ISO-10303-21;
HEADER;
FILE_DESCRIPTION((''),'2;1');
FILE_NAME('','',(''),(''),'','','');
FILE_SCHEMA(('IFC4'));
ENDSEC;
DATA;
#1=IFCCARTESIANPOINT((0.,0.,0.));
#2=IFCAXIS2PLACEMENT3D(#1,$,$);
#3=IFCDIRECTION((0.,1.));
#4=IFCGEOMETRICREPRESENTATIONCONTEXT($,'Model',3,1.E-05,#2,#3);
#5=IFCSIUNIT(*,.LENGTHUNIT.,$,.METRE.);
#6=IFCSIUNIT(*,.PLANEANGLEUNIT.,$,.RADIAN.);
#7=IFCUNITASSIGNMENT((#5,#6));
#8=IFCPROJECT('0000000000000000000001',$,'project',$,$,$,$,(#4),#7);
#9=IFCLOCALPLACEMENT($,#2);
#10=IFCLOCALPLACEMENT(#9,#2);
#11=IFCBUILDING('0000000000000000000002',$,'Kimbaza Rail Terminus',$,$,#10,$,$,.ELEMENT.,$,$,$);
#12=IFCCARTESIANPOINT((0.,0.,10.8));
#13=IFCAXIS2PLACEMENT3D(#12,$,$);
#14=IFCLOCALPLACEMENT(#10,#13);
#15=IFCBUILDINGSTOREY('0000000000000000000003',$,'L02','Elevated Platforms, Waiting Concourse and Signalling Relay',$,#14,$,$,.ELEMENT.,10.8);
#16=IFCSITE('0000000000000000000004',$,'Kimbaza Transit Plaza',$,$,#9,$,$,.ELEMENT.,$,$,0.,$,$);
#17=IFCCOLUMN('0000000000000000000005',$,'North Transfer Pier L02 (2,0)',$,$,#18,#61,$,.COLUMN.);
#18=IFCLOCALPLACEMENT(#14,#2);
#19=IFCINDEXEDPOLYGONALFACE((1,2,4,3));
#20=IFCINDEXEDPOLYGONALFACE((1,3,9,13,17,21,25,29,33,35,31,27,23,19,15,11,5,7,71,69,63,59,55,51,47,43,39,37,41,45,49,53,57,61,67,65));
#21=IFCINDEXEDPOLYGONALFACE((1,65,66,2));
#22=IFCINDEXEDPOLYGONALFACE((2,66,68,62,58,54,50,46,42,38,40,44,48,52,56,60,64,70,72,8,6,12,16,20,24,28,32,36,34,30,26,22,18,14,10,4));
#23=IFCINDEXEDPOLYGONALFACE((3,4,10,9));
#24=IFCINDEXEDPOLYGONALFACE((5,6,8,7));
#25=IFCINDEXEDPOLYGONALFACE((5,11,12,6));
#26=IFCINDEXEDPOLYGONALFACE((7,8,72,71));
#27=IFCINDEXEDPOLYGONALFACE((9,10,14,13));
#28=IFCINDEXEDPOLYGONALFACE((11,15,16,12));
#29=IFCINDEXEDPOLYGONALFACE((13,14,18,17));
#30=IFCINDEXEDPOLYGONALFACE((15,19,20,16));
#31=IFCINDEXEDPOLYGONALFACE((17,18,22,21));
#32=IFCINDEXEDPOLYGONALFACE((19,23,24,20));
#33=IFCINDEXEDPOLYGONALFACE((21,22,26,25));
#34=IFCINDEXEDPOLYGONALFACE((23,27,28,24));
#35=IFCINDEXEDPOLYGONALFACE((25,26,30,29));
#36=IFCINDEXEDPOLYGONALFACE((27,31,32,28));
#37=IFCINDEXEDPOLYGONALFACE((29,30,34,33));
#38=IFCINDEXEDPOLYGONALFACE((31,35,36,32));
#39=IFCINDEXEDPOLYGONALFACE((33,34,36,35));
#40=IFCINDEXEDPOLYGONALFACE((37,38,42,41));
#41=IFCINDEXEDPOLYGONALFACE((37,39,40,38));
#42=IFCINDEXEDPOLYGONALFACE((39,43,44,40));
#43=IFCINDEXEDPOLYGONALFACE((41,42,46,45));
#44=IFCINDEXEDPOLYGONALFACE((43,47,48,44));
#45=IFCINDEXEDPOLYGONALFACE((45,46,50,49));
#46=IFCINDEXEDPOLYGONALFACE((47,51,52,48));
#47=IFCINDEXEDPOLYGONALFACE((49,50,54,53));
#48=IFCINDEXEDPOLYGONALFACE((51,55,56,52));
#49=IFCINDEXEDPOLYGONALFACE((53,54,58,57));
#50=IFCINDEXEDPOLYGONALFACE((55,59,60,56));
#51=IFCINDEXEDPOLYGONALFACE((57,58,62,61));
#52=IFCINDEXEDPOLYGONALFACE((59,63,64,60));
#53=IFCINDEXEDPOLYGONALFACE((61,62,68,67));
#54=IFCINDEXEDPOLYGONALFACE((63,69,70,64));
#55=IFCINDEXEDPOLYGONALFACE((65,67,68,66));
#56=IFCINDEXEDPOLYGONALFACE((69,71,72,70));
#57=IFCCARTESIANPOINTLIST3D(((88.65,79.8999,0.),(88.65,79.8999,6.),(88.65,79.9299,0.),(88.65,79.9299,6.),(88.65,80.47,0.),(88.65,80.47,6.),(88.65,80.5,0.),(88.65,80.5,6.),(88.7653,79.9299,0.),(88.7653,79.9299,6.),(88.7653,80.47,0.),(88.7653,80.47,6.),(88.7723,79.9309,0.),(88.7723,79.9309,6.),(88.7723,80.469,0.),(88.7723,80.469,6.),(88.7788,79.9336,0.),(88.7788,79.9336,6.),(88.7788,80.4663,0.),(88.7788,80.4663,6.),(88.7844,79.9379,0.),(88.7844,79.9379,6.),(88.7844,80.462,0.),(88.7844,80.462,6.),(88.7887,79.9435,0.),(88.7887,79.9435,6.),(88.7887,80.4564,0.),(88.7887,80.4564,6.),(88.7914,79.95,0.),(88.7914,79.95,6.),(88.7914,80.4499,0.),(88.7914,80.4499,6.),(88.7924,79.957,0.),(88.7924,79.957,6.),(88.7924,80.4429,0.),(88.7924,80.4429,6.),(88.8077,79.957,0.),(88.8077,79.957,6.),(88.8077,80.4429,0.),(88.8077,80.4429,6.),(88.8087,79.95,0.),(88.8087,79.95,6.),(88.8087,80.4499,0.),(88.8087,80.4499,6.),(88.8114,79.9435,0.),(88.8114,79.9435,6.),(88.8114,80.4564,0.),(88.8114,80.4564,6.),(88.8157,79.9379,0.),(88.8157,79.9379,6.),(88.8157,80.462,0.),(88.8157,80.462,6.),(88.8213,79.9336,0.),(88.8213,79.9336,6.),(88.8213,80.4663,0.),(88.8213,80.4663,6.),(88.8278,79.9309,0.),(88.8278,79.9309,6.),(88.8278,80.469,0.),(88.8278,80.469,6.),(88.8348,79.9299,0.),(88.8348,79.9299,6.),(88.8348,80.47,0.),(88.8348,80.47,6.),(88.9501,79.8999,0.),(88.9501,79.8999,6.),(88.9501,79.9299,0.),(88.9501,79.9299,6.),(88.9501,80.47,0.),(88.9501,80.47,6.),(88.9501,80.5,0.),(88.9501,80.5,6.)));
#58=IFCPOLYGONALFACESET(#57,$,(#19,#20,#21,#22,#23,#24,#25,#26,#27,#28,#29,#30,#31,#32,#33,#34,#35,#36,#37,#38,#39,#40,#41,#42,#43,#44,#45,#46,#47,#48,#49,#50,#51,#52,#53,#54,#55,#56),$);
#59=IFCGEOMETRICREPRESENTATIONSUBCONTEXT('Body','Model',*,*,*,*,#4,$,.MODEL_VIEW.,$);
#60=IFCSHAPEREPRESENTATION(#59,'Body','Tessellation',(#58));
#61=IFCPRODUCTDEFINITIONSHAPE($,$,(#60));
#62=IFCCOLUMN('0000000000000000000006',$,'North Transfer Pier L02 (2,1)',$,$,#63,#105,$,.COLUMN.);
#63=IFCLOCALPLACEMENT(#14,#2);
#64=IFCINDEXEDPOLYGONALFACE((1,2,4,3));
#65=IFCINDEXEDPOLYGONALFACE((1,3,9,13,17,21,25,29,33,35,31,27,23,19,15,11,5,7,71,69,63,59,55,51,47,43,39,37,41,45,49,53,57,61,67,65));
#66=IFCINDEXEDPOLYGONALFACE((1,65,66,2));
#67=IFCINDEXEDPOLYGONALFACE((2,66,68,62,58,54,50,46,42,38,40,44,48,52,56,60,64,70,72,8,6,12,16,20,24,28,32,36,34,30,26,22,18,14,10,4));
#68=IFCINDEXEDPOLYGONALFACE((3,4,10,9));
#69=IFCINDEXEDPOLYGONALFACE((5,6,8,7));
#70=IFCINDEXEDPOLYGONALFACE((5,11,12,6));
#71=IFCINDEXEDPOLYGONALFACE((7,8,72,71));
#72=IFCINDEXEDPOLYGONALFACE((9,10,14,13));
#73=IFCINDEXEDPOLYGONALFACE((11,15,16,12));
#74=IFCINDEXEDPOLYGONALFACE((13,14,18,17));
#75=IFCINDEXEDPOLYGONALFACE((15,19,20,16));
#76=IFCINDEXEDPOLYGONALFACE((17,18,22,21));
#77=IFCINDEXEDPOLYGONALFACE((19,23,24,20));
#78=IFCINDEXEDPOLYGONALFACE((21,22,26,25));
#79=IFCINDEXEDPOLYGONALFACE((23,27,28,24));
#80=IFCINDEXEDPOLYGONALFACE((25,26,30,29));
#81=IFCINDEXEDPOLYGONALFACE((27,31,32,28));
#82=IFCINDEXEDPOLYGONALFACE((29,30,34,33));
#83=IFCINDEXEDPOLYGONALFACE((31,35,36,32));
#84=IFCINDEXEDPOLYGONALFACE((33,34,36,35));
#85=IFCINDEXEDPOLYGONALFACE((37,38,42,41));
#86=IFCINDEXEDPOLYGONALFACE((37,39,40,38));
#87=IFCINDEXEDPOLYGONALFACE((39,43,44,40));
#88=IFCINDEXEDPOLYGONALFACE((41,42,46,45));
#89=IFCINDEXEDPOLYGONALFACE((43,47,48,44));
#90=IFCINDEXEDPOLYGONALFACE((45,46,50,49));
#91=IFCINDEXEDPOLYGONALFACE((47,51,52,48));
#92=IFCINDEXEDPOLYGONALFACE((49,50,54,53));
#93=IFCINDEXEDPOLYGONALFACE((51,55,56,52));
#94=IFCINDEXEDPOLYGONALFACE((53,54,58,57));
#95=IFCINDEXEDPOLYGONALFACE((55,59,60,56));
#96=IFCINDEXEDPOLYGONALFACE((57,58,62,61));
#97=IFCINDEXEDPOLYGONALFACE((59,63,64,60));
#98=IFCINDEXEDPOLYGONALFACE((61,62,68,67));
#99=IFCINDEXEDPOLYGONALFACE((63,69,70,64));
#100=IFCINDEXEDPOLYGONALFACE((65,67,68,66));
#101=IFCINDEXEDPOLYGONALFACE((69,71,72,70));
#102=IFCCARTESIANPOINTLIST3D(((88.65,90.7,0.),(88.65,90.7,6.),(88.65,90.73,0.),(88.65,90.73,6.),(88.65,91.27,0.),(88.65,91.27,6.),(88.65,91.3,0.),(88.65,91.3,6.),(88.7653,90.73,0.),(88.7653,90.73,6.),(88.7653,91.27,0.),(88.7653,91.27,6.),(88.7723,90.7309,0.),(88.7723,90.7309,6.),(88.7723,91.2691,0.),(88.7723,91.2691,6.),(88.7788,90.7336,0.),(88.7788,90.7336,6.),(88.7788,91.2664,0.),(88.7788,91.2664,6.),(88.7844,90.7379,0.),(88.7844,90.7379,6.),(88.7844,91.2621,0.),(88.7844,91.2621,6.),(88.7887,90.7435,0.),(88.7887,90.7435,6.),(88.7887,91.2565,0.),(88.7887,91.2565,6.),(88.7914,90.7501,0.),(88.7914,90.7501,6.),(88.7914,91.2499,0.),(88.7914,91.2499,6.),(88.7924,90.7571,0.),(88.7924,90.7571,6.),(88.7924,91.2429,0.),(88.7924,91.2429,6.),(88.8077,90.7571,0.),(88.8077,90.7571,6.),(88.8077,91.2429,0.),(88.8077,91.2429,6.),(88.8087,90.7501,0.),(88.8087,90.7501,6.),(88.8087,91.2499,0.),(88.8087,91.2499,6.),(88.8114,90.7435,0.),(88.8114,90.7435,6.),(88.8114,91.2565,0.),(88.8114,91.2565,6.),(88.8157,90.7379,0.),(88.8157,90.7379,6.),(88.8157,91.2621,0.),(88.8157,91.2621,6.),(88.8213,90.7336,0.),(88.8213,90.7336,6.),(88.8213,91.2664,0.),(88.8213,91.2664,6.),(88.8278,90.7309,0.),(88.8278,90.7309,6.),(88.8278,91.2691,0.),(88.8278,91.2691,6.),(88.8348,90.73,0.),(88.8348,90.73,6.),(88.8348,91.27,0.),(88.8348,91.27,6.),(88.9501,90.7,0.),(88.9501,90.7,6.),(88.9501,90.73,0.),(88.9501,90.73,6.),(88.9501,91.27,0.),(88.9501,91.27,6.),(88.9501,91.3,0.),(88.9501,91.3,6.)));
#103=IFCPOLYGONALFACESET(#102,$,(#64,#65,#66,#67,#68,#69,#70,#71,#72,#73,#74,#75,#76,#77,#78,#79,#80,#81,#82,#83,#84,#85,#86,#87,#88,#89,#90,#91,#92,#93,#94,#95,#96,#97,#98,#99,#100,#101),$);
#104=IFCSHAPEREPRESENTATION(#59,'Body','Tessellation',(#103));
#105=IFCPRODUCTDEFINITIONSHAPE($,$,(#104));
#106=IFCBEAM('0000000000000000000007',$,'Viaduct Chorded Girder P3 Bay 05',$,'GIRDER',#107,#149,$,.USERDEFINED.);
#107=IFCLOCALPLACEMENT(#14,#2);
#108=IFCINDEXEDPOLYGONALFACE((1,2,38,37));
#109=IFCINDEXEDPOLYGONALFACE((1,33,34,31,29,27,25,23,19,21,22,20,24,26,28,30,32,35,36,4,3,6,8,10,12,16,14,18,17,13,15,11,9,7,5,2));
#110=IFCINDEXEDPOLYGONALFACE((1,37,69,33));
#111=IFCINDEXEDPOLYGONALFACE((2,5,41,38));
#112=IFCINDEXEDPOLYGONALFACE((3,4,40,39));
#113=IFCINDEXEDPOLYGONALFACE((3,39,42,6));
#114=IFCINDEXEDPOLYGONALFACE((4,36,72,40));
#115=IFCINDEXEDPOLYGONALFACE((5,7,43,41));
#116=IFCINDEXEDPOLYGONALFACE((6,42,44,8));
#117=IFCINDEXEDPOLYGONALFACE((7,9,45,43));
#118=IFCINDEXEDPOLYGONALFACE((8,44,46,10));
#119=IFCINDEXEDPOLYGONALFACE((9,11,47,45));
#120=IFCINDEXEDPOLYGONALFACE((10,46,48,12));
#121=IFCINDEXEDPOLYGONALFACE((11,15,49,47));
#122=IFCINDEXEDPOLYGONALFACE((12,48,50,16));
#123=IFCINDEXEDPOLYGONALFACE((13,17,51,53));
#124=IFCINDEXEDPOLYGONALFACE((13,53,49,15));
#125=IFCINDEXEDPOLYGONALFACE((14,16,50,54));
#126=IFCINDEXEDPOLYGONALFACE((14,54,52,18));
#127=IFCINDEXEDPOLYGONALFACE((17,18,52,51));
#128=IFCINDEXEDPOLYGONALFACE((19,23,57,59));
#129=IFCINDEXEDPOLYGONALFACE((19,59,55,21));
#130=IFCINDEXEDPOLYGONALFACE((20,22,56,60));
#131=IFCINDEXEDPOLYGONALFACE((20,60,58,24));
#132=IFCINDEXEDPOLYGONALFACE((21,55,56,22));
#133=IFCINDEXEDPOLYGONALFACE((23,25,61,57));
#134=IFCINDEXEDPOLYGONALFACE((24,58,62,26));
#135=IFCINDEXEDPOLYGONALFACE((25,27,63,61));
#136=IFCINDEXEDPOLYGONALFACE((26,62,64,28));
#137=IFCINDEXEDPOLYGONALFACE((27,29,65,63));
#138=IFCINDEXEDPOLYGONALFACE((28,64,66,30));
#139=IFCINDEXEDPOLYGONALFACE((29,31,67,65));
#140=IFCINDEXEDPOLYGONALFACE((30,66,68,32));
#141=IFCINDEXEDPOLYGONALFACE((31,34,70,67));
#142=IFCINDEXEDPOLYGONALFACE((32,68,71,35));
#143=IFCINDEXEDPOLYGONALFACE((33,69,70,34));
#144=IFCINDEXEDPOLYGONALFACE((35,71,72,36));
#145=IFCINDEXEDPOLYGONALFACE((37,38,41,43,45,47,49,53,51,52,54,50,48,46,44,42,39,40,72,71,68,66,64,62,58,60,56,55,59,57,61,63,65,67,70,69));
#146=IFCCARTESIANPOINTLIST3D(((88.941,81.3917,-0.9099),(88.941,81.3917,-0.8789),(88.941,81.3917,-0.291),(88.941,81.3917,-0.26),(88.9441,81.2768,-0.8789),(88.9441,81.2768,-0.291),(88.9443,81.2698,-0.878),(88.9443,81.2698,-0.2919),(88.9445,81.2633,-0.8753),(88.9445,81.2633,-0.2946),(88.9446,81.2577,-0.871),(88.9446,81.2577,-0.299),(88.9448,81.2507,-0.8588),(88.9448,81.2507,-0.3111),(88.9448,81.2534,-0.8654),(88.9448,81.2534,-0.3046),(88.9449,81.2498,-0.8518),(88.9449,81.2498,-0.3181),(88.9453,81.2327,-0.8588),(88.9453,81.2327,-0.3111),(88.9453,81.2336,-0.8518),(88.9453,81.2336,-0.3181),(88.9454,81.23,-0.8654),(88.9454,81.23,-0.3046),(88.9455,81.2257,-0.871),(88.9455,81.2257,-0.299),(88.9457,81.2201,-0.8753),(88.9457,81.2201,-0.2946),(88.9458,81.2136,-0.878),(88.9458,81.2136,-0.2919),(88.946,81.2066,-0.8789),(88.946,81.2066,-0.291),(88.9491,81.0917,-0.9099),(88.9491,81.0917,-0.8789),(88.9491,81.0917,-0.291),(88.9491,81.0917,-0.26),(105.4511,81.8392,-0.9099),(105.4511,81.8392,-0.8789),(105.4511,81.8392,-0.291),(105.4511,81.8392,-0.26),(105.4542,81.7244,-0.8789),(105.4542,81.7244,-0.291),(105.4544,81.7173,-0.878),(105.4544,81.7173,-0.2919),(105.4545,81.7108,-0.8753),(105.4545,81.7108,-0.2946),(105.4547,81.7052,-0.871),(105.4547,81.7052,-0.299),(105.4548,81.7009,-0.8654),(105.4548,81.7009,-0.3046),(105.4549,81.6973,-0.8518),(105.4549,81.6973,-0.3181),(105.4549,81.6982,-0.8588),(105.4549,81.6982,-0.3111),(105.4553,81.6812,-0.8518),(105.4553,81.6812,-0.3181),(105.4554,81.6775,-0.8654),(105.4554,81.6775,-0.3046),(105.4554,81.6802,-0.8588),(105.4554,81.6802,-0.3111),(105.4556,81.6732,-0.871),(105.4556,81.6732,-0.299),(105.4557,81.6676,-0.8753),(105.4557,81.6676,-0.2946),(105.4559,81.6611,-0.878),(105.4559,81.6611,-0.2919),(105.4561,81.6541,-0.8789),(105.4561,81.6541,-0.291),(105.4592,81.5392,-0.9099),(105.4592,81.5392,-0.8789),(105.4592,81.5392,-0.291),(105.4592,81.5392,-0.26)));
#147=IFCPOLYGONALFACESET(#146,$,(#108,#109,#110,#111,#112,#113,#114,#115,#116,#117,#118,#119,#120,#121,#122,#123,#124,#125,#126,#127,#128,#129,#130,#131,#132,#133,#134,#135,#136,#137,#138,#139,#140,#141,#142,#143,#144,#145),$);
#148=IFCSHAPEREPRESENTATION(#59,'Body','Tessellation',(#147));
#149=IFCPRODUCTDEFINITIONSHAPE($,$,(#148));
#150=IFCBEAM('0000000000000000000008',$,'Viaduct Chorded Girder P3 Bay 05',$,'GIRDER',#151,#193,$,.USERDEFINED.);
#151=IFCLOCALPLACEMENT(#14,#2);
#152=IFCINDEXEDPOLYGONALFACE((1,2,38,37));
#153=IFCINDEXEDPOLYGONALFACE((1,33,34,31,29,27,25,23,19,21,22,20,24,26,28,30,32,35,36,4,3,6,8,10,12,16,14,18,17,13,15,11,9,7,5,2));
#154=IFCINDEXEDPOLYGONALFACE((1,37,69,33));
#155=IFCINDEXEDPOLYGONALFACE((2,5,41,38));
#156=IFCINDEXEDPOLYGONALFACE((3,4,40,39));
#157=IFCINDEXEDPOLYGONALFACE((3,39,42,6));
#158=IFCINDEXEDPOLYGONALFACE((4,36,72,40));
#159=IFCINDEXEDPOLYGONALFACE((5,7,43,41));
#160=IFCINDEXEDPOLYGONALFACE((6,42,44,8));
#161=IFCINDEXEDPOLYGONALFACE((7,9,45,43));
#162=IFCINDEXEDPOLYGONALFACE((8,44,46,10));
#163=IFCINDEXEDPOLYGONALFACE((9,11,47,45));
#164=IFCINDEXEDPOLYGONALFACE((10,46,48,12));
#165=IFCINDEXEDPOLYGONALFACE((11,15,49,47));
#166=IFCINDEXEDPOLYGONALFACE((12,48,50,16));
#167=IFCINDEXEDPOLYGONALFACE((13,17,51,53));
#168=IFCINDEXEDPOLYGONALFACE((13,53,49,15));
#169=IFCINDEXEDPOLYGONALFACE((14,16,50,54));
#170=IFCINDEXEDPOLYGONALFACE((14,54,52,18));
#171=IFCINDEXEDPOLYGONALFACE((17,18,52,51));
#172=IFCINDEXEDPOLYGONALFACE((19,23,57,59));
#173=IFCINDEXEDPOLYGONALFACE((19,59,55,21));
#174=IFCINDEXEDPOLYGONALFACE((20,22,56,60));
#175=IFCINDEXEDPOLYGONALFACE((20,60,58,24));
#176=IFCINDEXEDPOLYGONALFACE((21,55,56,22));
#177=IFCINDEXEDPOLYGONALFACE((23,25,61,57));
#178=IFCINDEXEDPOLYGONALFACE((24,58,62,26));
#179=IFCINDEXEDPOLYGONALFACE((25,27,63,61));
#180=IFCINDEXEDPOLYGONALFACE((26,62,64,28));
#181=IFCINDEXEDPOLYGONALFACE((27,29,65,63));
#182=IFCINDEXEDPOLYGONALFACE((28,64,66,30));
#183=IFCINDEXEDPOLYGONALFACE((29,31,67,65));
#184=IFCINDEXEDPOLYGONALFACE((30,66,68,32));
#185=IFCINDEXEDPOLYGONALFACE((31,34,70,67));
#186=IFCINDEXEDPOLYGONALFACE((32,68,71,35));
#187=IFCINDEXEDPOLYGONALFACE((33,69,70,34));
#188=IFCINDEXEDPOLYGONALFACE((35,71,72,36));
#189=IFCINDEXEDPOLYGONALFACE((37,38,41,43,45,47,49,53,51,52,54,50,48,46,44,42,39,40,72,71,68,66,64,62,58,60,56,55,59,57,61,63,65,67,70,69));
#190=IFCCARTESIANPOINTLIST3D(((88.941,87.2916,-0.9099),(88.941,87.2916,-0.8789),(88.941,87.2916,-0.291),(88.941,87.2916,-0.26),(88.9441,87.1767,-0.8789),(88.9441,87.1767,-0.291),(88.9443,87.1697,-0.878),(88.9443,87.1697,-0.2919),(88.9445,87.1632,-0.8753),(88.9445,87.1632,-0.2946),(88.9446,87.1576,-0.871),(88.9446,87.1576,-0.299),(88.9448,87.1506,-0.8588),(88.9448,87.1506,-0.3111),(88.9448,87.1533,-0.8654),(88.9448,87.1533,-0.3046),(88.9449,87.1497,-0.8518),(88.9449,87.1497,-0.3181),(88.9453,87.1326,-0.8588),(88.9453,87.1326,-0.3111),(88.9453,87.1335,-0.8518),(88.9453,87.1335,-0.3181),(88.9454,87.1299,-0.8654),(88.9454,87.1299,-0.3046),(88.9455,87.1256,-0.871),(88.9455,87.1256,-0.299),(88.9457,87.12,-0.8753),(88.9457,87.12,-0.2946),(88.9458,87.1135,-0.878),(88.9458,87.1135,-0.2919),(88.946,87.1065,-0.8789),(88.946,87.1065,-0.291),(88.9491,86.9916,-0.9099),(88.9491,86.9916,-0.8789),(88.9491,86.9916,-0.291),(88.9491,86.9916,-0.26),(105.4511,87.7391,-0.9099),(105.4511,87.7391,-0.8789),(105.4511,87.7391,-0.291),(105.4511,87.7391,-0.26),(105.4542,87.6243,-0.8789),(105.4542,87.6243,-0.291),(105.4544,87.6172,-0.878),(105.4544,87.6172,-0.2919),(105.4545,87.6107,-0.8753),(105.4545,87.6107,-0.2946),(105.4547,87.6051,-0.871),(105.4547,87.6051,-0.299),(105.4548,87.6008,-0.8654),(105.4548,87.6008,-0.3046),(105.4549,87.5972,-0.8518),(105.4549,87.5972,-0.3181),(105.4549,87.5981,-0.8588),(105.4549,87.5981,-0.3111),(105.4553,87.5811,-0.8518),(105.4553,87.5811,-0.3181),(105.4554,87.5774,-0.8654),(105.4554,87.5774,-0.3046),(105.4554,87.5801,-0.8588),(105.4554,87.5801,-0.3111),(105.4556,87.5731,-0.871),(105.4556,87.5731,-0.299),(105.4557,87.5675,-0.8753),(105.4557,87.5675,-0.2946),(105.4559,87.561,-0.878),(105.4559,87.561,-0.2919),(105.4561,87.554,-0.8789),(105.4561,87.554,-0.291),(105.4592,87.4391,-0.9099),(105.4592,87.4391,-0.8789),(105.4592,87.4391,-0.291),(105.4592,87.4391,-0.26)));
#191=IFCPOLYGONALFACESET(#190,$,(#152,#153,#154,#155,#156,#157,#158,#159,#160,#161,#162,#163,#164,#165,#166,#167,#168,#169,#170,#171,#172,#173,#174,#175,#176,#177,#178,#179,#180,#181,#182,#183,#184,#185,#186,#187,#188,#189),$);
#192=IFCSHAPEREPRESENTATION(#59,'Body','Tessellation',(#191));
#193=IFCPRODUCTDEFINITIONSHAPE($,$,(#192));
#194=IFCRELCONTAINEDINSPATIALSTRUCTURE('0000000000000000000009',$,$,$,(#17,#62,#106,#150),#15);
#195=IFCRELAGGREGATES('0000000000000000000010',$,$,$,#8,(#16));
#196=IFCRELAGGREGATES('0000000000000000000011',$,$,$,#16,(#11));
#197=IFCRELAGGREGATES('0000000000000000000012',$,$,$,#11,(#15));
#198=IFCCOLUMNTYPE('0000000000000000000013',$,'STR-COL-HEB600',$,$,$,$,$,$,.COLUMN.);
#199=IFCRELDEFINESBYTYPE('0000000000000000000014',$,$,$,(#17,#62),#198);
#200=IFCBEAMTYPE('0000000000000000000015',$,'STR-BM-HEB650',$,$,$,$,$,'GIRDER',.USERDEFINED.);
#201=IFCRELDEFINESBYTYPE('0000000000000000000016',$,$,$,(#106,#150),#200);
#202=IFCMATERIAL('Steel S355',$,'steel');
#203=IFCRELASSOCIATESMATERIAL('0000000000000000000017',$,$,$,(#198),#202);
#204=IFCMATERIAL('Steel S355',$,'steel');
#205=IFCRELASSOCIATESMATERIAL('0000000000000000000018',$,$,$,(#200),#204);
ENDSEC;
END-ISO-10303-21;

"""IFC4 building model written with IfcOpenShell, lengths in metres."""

from ifc_helpers import new_model, si_unit, direction, frame, origin, origin_2d, place, context, subcontext, project, spatial, i_section, extrude, material, material_profile, profile_set, type_object, element, save


model = new_model("IFC4")

# Units and contexts
model_context = context("Model", 3, precision=1e-05, world=origin(), true_north=direction((0.0, 1.0)))
body_context = subcontext(model_context, "Body", "Model", "MODEL_VIEW")
ifc_project = project(units=[si_unit("LENGTHUNIT", "METRE"), si_unit("PLANEANGLEUNIT", "RADIAN")], contexts=[model_context])

# Site, building, storey
site_placement = place(None, origin())
site = spatial("IfcSite", under=ifc_project, at=site_placement, Name="Kimbaza Transit Plaza", CompositionType="ELEMENT", RefElevation=0.0)
building_placement = place(site_placement, origin())
building = spatial("IfcBuilding", under=site, at=building_placement, Name="Kimbaza Rail Terminus", CompositionType="ELEMENT")
storey_placement = place(building_placement, frame((0.0, 0.0, 10.8)))
storey = spatial("IfcBuildingStorey", under=building, at=storey_placement, Name="L02", Description="Elevated Platforms, Waiting Concourse and Signalling Relay", CompositionType="ELEMENT", Elevation=10.8)

# Columns
ifc_material_1 = material(Name="Steel S355", Category="steel")
ifc_material_profile_1 = material_profile(ifc_material_1, i_section(OverallWidth=0.3, OverallDepth=0.6001, WebThickness=0.0154, FlangeThickness=0.03, FilletRadius=0.0271, at=origin_2d()), Name="HEB 600")
ifc_profile_set_1 = profile_set([ifc_material_profile_1], Name="Steel S355")
column_type = type_object("IfcColumnType", Name="STR-COL-HEB600", PredefinedType="COLUMN", material=ifc_profile_set_1)
for number, where, z_axis, x_axis, name in (
    (1, (88.8, 80.2, 0.0), (0.0, 0.0, 1.0), (1.0, 0.0, 0.0), "North Transfer Pier L02 (2,0)"),
    (2, (88.8, 91.0, 0.0), (0.0, 0.0, 1.0), (1.0, 0.0, 0.0), "North Transfer Pier L02 (2,1)"),
):
    element("IfcColumn", number, at=place(storey_placement, frame(where, z_axis=z_axis, x_axis=x_axis)), inside=storey, type_object=column_type, Name=name, PredefinedType="COLUMN", context=body_context, shape_type="SweptSolid", body=[
        extrude(i_section(OverallWidth=0.3, OverallDepth=0.6001, WebThickness=0.0154, FlangeThickness=0.03, FilletRadius=0.0271, at=origin_2d()), origin(), (0.0, 0.0, 1.0), 6.0),
    ])

# Beams
ifc_material_2 = material(Name="Steel S355", Category="steel")
ifc_material_profile_2 = material_profile(ifc_material_2, i_section(OverallWidth=0.3, OverallDepth=0.6499, WebThickness=0.0161, FlangeThickness=0.031, FilletRadius=0.0271, at=origin_2d()), Name="HEB 650")
ifc_profile_set_2 = profile_set([ifc_material_profile_2], Name="Steel S355")
beam_type_1 = type_object("IfcBeamType", Name="STR-BM-HEB650", ElementType="GIRDER", PredefinedType="USERDEFINED", material=ifc_profile_set_2)
for number, where, z_axis, x_axis, name in (
    (3, (88.9451, 81.2417, -0.585), (0.999633, 0.027095, 0.0), (-0.027095, 0.999633, 0.0), "Viaduct Chorded Girder P3 Bay 05"),
    (4, (88.9451, 87.1416, -0.585), (0.999633, 0.027095, 0.0), (-0.027095, 0.999633, 0.0), "Viaduct Chorded Girder P3 Bay 05"),
):
    element("IfcBeam", number, at=place(storey_placement, frame(where, z_axis=z_axis, x_axis=x_axis)), inside=storey, type_object=beam_type_1, Name=name, ObjectType="GIRDER", PredefinedType="USERDEFINED", context=body_context, shape_type="SweptSolid", body=[
        extrude(i_section(OverallWidth=0.3, OverallDepth=0.6499, WebThickness=0.0161, FlangeThickness=0.031, FilletRadius=0.0271, at=origin_2d()), origin(), (0.0, 0.0, 1.0), 16.5161),
    ])

save(model, "model.ifc")
